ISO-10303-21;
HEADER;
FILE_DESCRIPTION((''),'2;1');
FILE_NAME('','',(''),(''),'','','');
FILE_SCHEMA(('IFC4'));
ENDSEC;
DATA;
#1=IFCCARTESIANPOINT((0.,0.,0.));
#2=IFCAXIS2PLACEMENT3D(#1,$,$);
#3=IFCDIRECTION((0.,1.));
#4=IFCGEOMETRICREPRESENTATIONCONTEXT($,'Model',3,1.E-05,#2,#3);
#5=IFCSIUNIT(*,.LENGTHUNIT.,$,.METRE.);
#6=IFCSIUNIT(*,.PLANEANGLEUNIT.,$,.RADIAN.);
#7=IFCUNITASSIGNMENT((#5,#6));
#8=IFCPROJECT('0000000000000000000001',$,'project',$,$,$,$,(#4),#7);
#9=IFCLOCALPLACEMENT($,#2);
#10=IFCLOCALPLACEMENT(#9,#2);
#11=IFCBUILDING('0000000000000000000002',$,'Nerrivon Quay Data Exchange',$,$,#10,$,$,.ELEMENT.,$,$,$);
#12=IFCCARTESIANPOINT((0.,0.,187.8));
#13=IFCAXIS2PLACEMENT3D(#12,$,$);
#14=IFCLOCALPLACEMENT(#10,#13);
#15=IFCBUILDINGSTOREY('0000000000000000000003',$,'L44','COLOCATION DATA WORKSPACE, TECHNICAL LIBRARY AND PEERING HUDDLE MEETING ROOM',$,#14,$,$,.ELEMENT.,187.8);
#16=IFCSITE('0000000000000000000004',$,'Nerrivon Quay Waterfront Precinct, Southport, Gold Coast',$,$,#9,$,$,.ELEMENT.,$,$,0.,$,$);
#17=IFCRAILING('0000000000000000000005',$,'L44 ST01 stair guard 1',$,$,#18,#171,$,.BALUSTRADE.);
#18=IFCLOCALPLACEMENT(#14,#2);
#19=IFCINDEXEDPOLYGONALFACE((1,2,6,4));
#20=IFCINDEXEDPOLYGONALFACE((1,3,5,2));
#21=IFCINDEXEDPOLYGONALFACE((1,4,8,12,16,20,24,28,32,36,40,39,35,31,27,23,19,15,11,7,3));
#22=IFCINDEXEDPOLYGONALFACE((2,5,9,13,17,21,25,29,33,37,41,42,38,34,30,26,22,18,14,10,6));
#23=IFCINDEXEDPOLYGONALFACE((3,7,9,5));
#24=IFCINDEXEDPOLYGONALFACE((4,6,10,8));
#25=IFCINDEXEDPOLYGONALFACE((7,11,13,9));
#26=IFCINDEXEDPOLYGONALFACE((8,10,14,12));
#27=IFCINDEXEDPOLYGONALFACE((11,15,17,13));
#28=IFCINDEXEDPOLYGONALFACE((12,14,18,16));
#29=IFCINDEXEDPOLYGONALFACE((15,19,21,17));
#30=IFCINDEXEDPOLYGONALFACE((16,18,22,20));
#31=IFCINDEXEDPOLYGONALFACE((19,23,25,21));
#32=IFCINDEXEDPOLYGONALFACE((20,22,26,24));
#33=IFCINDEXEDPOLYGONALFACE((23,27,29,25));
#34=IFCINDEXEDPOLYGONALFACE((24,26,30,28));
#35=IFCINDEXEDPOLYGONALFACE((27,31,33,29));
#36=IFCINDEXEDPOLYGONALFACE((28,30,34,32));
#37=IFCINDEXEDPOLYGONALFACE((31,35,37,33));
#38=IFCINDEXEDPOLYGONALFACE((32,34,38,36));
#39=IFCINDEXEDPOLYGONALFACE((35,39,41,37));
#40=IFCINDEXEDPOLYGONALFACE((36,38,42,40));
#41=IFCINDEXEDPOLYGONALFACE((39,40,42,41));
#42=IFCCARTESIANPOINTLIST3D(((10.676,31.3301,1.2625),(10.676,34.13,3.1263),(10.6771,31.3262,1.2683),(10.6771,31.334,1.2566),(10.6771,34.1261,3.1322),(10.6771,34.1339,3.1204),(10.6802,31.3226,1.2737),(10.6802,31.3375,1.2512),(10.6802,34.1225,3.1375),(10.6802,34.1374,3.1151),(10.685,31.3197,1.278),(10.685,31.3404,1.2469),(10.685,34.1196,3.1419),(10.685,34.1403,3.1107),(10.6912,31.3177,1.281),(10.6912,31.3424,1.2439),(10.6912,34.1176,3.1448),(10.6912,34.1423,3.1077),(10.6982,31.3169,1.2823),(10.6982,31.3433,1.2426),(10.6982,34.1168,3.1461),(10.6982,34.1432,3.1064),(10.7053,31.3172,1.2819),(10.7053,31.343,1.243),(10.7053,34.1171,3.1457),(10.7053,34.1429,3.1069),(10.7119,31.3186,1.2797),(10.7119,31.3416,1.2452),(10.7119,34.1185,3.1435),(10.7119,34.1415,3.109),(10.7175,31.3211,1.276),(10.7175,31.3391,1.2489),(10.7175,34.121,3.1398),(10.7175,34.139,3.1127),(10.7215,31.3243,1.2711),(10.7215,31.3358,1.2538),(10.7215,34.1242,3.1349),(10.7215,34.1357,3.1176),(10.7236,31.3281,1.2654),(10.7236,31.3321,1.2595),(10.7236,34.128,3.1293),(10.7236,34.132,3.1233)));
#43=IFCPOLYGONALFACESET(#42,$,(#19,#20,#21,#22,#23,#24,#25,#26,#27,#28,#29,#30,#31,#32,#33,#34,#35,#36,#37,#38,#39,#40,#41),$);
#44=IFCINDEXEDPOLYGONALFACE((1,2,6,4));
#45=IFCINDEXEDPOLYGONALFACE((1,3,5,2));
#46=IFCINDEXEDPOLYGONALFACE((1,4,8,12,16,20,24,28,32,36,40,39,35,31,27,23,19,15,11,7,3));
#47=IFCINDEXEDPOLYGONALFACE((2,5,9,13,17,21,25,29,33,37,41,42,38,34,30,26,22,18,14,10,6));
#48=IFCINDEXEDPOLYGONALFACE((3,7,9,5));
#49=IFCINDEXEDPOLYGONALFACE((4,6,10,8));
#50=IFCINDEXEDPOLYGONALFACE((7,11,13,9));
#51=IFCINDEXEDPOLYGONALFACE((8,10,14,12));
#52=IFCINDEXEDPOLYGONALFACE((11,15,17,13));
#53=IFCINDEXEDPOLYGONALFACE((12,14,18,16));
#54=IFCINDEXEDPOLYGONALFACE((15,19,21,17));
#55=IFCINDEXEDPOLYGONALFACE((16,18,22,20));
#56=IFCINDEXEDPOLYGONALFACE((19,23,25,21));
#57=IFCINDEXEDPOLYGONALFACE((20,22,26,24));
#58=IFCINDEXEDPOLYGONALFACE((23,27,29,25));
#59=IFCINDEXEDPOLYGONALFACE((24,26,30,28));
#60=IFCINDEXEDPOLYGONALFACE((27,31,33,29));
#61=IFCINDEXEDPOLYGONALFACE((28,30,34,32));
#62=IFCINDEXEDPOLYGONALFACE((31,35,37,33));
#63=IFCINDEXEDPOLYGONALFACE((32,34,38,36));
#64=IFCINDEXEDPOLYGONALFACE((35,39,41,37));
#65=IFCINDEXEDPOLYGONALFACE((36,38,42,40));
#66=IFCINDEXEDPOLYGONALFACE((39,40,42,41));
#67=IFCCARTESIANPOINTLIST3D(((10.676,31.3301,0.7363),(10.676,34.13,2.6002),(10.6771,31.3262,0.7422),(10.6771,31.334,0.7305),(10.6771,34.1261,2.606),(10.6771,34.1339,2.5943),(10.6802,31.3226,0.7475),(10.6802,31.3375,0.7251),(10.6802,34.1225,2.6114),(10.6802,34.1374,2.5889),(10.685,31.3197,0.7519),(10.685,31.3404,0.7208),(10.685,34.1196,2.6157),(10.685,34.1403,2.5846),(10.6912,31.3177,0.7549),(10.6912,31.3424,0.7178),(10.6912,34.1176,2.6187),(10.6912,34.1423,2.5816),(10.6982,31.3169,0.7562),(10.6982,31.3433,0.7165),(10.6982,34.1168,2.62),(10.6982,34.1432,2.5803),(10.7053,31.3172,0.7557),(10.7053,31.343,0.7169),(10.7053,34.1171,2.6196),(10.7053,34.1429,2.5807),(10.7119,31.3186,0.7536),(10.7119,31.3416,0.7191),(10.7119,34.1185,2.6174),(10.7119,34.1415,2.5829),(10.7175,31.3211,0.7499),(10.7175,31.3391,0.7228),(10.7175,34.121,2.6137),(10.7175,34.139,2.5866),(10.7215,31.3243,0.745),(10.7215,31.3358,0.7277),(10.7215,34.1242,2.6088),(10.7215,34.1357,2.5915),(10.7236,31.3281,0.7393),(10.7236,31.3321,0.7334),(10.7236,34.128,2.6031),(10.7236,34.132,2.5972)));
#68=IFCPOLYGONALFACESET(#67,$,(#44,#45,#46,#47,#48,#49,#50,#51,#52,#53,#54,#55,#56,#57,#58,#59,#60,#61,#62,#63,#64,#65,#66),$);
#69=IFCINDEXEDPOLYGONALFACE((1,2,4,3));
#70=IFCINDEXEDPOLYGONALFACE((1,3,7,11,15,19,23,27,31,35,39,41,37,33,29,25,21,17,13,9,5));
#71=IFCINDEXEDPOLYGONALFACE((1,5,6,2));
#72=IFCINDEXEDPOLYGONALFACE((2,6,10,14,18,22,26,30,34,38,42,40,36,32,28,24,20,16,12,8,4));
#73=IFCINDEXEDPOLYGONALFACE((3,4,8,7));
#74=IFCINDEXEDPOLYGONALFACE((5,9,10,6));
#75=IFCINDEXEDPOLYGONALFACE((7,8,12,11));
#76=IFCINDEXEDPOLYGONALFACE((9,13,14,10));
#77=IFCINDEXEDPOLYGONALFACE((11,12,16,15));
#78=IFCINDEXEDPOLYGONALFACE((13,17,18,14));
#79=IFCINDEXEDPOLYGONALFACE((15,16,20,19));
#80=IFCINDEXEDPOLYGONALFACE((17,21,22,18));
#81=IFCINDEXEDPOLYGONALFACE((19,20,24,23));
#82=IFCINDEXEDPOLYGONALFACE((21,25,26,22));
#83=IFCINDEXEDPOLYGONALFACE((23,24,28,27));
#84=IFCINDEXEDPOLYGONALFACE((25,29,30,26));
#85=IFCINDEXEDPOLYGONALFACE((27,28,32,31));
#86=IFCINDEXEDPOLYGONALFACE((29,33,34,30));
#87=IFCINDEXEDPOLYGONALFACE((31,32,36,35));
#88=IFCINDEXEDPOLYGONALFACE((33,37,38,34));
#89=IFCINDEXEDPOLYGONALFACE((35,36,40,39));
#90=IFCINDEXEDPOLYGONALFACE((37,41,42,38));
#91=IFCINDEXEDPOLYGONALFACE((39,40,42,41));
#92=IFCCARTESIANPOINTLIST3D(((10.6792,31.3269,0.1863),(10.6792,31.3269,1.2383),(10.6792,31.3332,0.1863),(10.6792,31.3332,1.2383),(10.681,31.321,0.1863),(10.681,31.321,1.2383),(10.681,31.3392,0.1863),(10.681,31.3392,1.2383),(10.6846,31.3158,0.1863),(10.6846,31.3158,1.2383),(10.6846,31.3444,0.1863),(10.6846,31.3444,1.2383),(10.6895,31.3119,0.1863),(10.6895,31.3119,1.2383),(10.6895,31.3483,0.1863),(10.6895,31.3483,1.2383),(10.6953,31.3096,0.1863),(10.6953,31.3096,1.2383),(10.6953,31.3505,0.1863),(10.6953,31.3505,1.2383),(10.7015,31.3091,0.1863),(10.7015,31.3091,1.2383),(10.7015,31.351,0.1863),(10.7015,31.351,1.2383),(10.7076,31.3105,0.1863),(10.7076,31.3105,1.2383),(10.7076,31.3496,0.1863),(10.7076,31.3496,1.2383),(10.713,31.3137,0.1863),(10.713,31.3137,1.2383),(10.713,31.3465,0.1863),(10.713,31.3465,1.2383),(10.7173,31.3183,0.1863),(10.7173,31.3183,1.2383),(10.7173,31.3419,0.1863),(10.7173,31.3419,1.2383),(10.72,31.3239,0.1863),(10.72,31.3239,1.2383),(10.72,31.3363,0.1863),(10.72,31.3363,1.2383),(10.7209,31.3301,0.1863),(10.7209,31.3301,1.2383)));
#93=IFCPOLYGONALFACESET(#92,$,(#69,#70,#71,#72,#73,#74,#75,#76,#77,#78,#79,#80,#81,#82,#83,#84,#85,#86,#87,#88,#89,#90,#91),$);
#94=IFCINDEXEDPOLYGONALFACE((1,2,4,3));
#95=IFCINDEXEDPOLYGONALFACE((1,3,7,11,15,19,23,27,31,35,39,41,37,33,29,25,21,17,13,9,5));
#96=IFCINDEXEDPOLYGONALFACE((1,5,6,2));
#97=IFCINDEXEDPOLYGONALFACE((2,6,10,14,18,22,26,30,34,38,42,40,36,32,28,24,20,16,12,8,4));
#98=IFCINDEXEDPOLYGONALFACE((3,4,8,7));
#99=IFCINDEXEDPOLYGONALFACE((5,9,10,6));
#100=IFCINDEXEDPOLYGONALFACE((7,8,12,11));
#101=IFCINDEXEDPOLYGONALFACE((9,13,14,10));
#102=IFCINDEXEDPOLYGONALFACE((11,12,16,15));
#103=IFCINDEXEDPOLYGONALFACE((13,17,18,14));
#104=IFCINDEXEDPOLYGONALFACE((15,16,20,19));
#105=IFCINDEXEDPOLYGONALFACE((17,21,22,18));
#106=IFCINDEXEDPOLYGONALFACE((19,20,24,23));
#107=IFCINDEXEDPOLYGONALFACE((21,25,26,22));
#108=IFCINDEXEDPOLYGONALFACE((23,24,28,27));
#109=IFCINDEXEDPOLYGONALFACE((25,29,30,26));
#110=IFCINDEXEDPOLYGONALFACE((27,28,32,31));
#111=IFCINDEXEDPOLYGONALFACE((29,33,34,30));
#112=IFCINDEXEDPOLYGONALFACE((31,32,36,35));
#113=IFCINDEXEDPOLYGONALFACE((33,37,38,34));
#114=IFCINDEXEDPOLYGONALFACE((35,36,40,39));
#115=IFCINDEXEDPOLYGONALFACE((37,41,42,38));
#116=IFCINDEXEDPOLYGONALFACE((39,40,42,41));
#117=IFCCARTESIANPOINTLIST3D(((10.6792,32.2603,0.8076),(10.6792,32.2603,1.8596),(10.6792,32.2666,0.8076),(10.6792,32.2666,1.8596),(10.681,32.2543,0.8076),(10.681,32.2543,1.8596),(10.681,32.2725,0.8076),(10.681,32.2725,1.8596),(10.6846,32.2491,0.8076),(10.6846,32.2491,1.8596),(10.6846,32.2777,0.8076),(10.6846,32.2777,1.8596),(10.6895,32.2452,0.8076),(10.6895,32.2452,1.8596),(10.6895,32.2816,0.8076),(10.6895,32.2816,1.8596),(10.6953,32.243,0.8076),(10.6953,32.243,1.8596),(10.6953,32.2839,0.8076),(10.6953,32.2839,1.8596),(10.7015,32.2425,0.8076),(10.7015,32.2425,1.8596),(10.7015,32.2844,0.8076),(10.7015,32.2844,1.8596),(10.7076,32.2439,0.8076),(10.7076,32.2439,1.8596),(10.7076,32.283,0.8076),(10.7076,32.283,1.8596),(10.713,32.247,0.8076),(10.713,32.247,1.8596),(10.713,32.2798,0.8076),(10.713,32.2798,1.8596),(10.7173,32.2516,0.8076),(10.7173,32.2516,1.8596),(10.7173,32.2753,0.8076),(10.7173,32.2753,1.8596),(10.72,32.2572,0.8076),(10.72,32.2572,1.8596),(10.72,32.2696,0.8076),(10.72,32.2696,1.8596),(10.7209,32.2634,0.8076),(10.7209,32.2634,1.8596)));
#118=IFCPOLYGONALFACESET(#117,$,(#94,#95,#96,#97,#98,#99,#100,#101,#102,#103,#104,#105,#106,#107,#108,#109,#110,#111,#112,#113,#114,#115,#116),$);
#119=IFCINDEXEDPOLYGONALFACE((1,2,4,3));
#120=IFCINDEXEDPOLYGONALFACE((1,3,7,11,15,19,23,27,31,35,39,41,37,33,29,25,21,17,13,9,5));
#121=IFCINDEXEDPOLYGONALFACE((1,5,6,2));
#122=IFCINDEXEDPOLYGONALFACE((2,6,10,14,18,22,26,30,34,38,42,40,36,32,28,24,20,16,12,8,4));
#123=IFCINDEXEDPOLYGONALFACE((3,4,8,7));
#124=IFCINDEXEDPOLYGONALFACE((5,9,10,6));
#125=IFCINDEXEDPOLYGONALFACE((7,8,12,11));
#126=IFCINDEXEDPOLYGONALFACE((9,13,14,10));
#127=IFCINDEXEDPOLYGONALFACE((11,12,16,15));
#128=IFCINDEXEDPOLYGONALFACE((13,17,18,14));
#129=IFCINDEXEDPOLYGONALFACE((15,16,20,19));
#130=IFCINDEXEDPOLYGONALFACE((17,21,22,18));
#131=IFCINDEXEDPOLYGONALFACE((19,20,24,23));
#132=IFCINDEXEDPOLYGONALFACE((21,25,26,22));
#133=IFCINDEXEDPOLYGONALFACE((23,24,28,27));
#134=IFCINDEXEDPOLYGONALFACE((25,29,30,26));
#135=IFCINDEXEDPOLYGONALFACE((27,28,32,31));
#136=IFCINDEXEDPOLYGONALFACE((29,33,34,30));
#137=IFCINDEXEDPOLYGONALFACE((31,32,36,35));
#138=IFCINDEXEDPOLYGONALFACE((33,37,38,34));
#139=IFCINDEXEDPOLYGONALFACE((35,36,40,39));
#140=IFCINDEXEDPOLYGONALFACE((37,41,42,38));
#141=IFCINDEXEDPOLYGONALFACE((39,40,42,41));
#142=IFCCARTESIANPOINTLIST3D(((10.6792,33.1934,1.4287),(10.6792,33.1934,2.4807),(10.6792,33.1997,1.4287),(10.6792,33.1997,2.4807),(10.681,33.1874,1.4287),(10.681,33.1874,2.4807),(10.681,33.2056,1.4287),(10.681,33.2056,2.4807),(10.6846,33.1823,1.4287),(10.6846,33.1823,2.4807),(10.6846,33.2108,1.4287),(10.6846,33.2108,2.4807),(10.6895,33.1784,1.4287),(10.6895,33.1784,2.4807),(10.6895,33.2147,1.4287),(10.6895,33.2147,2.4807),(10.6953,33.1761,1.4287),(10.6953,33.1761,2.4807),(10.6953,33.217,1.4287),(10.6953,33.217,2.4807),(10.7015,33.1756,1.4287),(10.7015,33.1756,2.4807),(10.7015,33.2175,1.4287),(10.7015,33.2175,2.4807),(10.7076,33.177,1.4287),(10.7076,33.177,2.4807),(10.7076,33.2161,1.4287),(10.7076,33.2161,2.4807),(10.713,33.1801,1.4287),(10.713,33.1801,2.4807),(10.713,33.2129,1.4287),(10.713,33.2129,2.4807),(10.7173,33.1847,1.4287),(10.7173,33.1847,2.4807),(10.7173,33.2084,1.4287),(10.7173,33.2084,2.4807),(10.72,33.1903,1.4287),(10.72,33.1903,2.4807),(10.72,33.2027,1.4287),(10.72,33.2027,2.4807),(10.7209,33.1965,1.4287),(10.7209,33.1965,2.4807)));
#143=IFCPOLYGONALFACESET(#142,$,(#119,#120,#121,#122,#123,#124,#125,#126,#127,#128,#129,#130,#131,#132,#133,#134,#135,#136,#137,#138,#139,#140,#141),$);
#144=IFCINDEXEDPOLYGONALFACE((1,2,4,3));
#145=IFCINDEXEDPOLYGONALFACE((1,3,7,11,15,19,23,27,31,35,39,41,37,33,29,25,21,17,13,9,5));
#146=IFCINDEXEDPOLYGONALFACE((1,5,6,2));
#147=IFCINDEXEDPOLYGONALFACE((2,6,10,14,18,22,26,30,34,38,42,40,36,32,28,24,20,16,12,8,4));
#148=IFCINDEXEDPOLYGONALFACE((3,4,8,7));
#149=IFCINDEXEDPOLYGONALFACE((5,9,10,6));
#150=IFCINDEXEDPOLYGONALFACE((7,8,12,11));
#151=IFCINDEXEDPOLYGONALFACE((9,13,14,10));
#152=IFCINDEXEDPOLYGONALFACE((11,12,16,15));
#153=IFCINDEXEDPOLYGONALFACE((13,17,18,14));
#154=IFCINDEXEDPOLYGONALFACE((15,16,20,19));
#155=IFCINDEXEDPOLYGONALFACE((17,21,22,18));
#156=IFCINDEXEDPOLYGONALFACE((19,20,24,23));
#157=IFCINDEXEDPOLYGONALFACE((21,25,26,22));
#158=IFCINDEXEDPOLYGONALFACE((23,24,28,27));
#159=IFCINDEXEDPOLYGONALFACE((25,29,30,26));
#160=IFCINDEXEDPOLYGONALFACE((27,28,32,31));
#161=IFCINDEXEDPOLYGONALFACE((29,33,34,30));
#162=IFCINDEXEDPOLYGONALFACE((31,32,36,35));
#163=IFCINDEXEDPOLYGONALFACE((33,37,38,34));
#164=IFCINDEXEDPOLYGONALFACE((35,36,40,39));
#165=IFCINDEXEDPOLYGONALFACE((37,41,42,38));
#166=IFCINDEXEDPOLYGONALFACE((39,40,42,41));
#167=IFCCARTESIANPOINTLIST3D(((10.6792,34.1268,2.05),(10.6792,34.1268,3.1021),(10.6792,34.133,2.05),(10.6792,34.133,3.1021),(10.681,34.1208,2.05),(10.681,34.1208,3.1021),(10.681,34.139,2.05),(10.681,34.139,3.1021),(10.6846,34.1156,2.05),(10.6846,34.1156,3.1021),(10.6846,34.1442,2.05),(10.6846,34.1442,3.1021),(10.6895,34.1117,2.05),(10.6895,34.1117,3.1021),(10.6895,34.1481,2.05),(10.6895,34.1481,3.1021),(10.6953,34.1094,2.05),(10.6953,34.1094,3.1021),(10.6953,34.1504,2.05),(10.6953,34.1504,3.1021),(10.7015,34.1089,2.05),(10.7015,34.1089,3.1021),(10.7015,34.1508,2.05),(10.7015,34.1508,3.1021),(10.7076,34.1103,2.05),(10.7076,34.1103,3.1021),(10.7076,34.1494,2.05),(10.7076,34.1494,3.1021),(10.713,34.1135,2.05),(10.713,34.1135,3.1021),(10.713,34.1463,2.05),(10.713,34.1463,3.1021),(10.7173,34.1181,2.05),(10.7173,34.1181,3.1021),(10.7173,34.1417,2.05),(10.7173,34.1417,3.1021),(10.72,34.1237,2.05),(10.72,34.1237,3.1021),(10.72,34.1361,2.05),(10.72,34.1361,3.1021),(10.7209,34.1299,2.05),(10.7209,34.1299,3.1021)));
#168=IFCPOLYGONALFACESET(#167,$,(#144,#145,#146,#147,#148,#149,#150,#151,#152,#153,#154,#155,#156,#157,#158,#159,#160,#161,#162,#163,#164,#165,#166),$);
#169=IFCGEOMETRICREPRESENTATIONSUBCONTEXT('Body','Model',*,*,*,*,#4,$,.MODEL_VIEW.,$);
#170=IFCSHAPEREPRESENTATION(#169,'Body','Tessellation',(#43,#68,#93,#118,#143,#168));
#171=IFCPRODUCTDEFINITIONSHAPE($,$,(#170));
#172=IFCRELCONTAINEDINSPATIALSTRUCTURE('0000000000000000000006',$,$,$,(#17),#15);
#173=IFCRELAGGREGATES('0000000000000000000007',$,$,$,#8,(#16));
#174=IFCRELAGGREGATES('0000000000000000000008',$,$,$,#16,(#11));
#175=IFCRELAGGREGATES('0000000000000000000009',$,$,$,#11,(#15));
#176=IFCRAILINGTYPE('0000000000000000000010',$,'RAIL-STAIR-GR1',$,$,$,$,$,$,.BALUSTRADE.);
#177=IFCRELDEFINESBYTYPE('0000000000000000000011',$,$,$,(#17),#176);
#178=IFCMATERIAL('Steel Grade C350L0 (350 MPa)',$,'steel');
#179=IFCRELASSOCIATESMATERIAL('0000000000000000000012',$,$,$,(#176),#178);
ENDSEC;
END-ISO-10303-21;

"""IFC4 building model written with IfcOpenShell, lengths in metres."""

from ifc_helpers import new_model, si_unit, direction, frame, origin, origin_2d, place, context, subcontext, project, spatial, circle, extrude, material, type_object, element, save


model = new_model("IFC4")

# Units and contexts
model_context = context("Model", 3, precision=1e-05, world=origin(), true_north=direction((0.0, 1.0)))
body_context = subcontext(model_context, "Body", "Model", "MODEL_VIEW")
ifc_project = project(units=[si_unit("LENGTHUNIT", "METRE"), si_unit("PLANEANGLEUNIT", "RADIAN")], contexts=[model_context])

# Site, building, storey
site_placement = place(None, origin())
site = spatial("IfcSite", under=ifc_project, at=site_placement, Name="Nerrivon Quay Waterfront Precinct, Southport, Gold Coast", CompositionType="ELEMENT", RefElevation=0.0)
building_placement = place(site_placement, origin())
building = spatial("IfcBuilding", under=site, at=building_placement, Name="Nerrivon Quay Data Exchange", CompositionType="ELEMENT")
storey_placement = place(building_placement, frame((0.0, 0.0, 187.8)))
storey = spatial("IfcBuildingStorey", under=building, at=storey_placement, Name="L44", Description="COLOCATION DATA WORKSPACE, TECHNICAL LIBRARY AND PEERING HUDDLE MEETING ROOM", CompositionType="ELEMENT", Elevation=187.8)

# Railing
ifc_material_1 = material(Name="Steel Grade C350L0 (350 MPa)", Category="steel")
railing_type_1 = type_object("IfcRailingType", Name="RAIL-STAIR-GR1", PredefinedType="BALUSTRADE", material=ifc_material_1)
railing_1_placement = place(storey_placement, frame((10.7, 31.3301, 0.1863)))
element("IfcRailing", 1, at=railing_1_placement, inside=storey, type_object=railing_type_1, Name="L44 ST01 stair guard 1", PredefinedType="BALUSTRADE", context=body_context, shape_type="SweptSolid", body=[
    extrude(circle(Radius=0.0239, at=origin_2d()), frame((0.0, 0.0, 1.0762), z_axis=(0.0, 0.83243, 0.554131), x_axis=(-1.0, 0.0, 0.0)), (0.0, 0.0, 1.0), 3.3635),
    extrude(circle(Radius=0.0239, at=origin_2d()), frame((0.0, 0.0, 0.55), z_axis=(0.0, 0.83243, 0.554131), x_axis=(-1.0, 0.0, 0.0)), (0.0, 0.0, 1.0), 3.3635),
    extrude(circle(Radius=0.021, at=origin_2d()), origin(), (0.0, 0.0, 1.0), 1.052),
    extrude(circle(Radius=0.021, at=origin_2d()), frame((0.0, 0.9333, 0.6213)), (0.0, 0.0, 1.0), 1.052),
    extrude(circle(Radius=0.021, at=origin_2d()), frame((0.0, 1.8665, 1.2424)), (0.0, 0.0, 1.0), 1.052),
    extrude(circle(Radius=0.021, at=origin_2d()), frame((0.0, 2.7998, 1.8638)), (0.0, 0.0, 1.0), 1.052),
])

save(model, "model.ifc")
